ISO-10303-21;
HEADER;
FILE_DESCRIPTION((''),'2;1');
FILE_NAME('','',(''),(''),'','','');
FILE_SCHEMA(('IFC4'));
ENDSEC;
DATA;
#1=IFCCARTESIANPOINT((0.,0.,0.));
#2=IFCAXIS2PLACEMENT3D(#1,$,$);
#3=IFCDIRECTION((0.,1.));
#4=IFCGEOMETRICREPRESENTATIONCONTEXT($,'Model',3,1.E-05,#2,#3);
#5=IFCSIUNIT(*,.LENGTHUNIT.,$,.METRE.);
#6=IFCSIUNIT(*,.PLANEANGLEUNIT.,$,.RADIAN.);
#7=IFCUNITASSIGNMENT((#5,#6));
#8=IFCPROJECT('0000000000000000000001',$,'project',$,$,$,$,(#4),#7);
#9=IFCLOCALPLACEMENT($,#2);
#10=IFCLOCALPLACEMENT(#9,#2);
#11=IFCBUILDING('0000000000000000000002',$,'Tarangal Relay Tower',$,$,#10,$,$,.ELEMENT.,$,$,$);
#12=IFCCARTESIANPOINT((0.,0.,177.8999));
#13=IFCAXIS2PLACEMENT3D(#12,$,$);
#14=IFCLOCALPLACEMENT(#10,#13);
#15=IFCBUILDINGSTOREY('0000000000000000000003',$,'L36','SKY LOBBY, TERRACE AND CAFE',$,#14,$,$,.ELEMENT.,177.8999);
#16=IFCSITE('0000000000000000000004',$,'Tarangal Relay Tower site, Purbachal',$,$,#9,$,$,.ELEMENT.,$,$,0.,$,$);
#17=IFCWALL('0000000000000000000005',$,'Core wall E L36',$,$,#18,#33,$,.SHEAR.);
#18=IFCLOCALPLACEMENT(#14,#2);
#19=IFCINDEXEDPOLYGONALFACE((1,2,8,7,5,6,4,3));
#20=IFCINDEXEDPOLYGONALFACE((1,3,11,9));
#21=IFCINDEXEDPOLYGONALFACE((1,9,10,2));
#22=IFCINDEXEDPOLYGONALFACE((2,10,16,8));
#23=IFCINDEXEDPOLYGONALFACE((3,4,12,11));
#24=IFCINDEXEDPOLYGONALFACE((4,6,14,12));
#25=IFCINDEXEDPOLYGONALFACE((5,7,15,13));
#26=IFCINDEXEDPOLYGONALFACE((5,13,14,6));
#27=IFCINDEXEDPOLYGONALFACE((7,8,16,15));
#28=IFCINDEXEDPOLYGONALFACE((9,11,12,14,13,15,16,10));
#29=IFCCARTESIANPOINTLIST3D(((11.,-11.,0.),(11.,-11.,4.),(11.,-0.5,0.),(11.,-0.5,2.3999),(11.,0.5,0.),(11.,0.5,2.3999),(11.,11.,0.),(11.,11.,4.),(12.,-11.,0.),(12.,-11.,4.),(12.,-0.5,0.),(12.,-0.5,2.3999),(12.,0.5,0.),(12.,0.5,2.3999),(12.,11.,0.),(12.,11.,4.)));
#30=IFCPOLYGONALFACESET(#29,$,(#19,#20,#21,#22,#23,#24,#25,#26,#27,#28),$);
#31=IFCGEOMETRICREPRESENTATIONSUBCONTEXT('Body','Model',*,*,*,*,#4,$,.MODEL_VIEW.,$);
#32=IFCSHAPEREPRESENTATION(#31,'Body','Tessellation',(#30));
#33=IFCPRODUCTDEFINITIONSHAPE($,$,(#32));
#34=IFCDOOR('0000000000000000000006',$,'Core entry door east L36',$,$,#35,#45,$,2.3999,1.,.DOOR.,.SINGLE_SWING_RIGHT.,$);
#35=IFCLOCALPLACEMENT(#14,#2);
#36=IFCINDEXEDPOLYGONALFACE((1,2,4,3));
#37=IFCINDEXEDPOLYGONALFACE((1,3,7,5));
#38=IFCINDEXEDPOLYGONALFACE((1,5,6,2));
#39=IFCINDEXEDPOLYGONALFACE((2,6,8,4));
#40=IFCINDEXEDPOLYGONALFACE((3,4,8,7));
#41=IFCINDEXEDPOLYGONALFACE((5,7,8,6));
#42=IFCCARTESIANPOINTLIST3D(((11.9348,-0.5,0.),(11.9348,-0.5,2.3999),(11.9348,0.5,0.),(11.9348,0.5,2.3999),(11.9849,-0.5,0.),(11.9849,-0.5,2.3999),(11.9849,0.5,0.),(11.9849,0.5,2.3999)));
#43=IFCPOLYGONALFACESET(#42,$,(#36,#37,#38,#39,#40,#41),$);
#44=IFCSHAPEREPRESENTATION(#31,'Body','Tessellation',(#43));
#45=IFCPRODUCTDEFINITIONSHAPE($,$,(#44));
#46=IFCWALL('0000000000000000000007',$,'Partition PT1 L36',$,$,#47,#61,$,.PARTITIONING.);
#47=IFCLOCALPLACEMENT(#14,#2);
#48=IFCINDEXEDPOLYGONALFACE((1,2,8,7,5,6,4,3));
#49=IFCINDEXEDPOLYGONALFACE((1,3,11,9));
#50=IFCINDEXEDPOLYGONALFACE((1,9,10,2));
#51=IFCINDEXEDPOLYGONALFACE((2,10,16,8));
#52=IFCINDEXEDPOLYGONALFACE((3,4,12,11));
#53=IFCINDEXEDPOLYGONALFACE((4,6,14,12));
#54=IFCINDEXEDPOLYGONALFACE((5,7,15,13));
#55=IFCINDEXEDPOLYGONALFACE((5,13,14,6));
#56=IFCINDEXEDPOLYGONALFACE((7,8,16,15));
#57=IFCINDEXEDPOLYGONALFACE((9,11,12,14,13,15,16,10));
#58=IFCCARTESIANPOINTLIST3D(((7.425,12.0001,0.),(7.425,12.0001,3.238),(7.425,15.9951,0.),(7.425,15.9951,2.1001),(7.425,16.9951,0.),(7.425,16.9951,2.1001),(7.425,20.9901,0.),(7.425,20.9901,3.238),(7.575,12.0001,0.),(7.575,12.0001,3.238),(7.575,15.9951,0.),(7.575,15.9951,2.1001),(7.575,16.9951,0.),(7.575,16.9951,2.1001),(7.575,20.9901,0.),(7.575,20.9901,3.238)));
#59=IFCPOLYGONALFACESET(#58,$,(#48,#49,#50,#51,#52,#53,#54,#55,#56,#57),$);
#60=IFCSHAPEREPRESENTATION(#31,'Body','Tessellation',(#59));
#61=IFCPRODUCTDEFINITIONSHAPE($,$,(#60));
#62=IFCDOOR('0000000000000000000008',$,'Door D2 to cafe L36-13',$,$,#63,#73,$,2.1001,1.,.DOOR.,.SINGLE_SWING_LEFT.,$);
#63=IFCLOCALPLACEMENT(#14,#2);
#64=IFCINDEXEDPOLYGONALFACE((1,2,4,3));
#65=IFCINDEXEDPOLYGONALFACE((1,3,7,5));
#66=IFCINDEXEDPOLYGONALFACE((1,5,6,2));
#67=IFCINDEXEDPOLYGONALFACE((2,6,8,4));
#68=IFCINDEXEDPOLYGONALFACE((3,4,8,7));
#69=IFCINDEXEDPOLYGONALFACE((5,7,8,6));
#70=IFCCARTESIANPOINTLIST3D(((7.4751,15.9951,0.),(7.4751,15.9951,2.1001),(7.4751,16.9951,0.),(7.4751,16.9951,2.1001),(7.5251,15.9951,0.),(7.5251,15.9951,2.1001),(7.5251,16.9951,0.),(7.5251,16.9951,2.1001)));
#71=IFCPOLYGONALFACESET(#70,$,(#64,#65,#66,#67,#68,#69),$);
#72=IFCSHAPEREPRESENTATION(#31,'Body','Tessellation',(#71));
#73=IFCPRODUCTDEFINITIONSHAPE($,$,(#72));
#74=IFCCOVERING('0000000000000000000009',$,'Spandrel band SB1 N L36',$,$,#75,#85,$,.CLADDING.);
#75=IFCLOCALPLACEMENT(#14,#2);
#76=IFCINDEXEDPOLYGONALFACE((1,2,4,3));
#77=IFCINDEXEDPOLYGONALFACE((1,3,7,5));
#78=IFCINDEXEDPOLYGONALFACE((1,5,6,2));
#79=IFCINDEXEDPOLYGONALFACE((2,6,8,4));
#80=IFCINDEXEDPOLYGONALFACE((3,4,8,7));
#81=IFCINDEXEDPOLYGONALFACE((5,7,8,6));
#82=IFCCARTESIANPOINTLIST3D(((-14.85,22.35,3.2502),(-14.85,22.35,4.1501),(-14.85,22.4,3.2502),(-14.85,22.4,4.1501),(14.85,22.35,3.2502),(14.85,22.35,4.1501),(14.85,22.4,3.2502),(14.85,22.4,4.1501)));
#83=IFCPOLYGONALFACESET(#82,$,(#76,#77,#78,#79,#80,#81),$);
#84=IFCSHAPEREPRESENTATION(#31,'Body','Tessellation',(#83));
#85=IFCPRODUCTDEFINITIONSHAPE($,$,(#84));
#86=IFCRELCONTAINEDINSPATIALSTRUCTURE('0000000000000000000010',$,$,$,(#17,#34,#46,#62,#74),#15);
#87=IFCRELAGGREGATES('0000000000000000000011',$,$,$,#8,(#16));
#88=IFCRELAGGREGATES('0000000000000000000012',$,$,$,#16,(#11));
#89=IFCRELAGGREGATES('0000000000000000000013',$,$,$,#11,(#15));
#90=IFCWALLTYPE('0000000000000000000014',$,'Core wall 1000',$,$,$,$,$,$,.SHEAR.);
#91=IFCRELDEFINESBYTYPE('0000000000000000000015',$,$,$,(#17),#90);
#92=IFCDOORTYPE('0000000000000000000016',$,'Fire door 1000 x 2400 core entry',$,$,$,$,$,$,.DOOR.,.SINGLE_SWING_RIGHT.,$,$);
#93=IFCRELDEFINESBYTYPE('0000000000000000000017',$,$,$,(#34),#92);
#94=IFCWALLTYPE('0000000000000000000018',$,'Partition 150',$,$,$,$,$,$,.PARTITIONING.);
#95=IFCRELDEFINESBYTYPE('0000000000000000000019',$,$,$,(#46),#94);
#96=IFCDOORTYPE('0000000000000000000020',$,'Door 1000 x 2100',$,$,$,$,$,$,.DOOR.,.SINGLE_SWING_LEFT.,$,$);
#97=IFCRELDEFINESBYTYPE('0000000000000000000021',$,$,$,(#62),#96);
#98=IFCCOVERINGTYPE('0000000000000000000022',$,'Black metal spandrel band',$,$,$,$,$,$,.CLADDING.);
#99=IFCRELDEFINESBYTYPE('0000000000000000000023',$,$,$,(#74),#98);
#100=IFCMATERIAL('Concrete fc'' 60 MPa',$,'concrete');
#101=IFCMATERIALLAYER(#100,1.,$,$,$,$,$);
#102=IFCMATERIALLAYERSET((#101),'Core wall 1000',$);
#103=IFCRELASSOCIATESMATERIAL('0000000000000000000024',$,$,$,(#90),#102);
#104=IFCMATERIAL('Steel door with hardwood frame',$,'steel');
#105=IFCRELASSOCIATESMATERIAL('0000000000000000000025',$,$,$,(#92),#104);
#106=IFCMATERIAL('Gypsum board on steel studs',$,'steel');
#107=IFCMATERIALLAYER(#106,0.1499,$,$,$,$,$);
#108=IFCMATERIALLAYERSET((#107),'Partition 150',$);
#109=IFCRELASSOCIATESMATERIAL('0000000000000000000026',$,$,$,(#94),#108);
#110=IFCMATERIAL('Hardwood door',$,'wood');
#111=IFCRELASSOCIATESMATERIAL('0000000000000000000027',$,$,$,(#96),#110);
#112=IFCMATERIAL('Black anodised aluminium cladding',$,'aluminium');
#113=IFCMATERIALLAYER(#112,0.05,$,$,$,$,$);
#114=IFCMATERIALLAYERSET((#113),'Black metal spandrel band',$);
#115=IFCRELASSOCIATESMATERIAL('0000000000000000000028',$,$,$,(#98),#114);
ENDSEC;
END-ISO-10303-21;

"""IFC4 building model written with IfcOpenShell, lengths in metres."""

from ifc_helpers import new_model, si_unit, direction, frame, frame_2d, origin, origin_2d, place, context, subcontext, project, spatial, rectangle, extrude, material, layer, layer_set, type_object, element, fill, save


model = new_model("IFC4")

# Units and contexts
model_context = context("Model", 3, precision=1e-05, world=origin(), true_north=direction((0.0, 1.0)))
body_context = subcontext(model_context, "Body", "Model", "MODEL_VIEW")
ifc_project = project(units=[si_unit("LENGTHUNIT", "METRE"), si_unit("PLANEANGLEUNIT", "RADIAN")], contexts=[model_context])

# Site, building, storey
site_placement = place(None, origin())
site = spatial("IfcSite", under=ifc_project, at=site_placement, Name="Tarangal Relay Tower site, Purbachal", CompositionType="ELEMENT", RefElevation=0.0)
building_placement = place(site_placement, origin())
building = spatial("IfcBuilding", under=site, at=building_placement, Name="Tarangal Relay Tower", CompositionType="ELEMENT")
storey_placement = place(building_placement, frame((0.0, 0.0, 177.8999)))
storey = spatial("IfcBuildingStorey", under=building, at=storey_placement, Name="L36", Description="SKY LOBBY, TERRACE AND CAFE", CompositionType="ELEMENT", Elevation=177.8999)

# Walls, openings, doors
ifc_material_1 = material(Name="Concrete fc' 60 MPa", Category="concrete")
ifc_layer_1 = layer(ifc_material_1, 1.0)
ifc_layer_set_1 = layer_set([ifc_layer_1], Name="Core wall 1000")
wall_type_1 = type_object("IfcWallType", Name="Core wall 1000", PredefinedType="SHEAR", material=ifc_layer_set_1)
wall_1_placement = place(storey_placement, frame((11.5, 11.0, 0.0), z_axis=(0.0, 0.0, 1.0), x_axis=(0.0, -1.0, 0.0)))
wall_1 = element("IfcWall", 1, at=wall_1_placement, inside=storey, type_object=wall_type_1, Name="Core wall E L36", PredefinedType="SHEAR", context=body_context, shape_type="SweptSolid", body=[
    extrude(rectangle(XDim=22.0, YDim=1.0, at=frame_2d((11.0, 0.0))), origin(), (0.0, 0.0, 1.0), 4.0),
])
opening_1_placement = place(wall_1_placement, frame((10.5, 0.0, 0.0)))
opening_1 = element("IfcOpeningElement", 2, at=opening_1_placement, cuts=wall_1, PredefinedType="OPENING", context=body_context, shape_type="SweptSolid", body=[
    extrude(rectangle(XDim=1.0, YDim=2.3999, at=frame_2d((0.5, 1.2))), frame((0.0, 0.51, 0.0), z_axis=(0.0, -1.0, 0.0), x_axis=(1.0, 0.0, 0.0)), (0.0, 0.0, 1.0), 1.02),
])
ifc_material_2 = material(Name="Steel door with hardwood frame", Category="steel")
door_type_1 = type_object("IfcDoorType", Name="Fire door 1000 x 2400 core entry", OperationType="SINGLE_SWING_RIGHT", PredefinedType="DOOR", material=ifc_material_2)
door_1_placement = place(opening_1_placement, origin())
door_1 = element("IfcDoor", 3, at=door_1_placement, inside=storey, type_object=door_type_1, Name="Core entry door east L36", OperationType="SINGLE_SWING_RIGHT", OverallHeight=2.3999, OverallWidth=1.0, PredefinedType="DOOR", context=body_context, shape_type="SweptSolid", body=[
    extrude(rectangle(XDim=1.0, YDim=2.3999, at=frame_2d((0.5, 1.2))), frame((0.0, 0.4849, 0.0), z_axis=(0.0, -1.0, 0.0), x_axis=(1.0, 0.0, 0.0)), (0.0, 0.0, 1.0), 0.05),
])
fill(opening_1, door_1)
ifc_material_3 = material(Name="Gypsum board on steel studs", Category="steel")
ifc_layer_2 = layer(ifc_material_3, 0.1499)
ifc_layer_set_2 = layer_set([ifc_layer_2], Name="Partition 150")
wall_type_2 = type_object("IfcWallType", Name="Partition 150", PredefinedType="PARTITIONING", material=ifc_layer_set_2)
wall_2_placement = place(storey_placement, frame((7.5, 12.0, 0.0), z_axis=(0.0, 0.0, 1.0), x_axis=(0.0, 1.0, 0.0)))
wall_2 = element("IfcWall", 4, at=wall_2_placement, inside=storey, type_object=wall_type_2, Name="Partition PT1 L36", PredefinedType="PARTITIONING", context=body_context, shape_type="SweptSolid", body=[
    extrude(rectangle(XDim=8.99, YDim=0.1499, at=frame_2d((4.4951, 0.0))), origin(), (0.0, 0.0, 1.0), 3.238),
])
opening_2_placement = place(wall_2_placement, frame((3.9951, 0.0, 0.0)))
opening_2 = element("IfcOpeningElement", 5, at=opening_2_placement, cuts=wall_2, PredefinedType="OPENING", context=body_context, shape_type="SweptSolid", body=[
    extrude(rectangle(XDim=1.0, YDim=2.1001, at=frame_2d((0.5, 1.05))), frame((0.0, 0.085, 0.0), z_axis=(0.0, -1.0, 0.0), x_axis=(1.0, 0.0, 0.0)), (0.0, 0.0, 1.0), 0.1699),
])
ifc_material_4 = material(Name="Hardwood door", Category="wood")
door_type_2 = type_object("IfcDoorType", Name="Door 1000 x 2100", OperationType="SINGLE_SWING_LEFT", PredefinedType="DOOR", material=ifc_material_4)
door_2_placement = place(opening_2_placement, origin())
door_2 = element("IfcDoor", 6, at=door_2_placement, inside=storey, type_object=door_type_2, Name="Door D2 to cafe L36-13", OperationType="SINGLE_SWING_LEFT", OverallHeight=2.1001, OverallWidth=1.0, PredefinedType="DOOR", context=body_context, shape_type="SweptSolid", body=[
    extrude(rectangle(XDim=1.0, YDim=2.1001, at=frame_2d((0.5, 1.05))), frame((0.0, 0.0249, 0.0), z_axis=(0.0, -1.0, 0.0), x_axis=(1.0, 0.0, 0.0)), (0.0, 0.0, 1.0), 0.05),
])
fill(opening_2, door_2)

# Covering
ifc_material_5 = material(Name="Black anodised aluminium cladding", Category="aluminium")
ifc_layer_3 = layer(ifc_material_5, 0.05)
ifc_layer_set_3 = layer_set([ifc_layer_3], Name="Black metal spandrel band")
covering_type = type_object("IfcCoveringType", Name="Black metal spandrel band", PredefinedType="CLADDING", material=ifc_layer_set_3)
covering_placement = place(storey_placement, frame((0.0, 22.375, 3.2502), z_axis=(0.0, 0.0, 1.0), x_axis=(1.0, 0.0, 0.0)))
element("IfcCovering", 7, at=covering_placement, inside=storey, type_object=covering_type, Name="Spandrel band SB1 N L36", PredefinedType="CLADDING", context=body_context, shape_type="SweptSolid", body=[
    extrude(rectangle(XDim=29.7, YDim=0.05, at=origin_2d()), origin(), (0.0, 0.0, 1.0), 0.8999),
])

save(model, "model.ifc")
